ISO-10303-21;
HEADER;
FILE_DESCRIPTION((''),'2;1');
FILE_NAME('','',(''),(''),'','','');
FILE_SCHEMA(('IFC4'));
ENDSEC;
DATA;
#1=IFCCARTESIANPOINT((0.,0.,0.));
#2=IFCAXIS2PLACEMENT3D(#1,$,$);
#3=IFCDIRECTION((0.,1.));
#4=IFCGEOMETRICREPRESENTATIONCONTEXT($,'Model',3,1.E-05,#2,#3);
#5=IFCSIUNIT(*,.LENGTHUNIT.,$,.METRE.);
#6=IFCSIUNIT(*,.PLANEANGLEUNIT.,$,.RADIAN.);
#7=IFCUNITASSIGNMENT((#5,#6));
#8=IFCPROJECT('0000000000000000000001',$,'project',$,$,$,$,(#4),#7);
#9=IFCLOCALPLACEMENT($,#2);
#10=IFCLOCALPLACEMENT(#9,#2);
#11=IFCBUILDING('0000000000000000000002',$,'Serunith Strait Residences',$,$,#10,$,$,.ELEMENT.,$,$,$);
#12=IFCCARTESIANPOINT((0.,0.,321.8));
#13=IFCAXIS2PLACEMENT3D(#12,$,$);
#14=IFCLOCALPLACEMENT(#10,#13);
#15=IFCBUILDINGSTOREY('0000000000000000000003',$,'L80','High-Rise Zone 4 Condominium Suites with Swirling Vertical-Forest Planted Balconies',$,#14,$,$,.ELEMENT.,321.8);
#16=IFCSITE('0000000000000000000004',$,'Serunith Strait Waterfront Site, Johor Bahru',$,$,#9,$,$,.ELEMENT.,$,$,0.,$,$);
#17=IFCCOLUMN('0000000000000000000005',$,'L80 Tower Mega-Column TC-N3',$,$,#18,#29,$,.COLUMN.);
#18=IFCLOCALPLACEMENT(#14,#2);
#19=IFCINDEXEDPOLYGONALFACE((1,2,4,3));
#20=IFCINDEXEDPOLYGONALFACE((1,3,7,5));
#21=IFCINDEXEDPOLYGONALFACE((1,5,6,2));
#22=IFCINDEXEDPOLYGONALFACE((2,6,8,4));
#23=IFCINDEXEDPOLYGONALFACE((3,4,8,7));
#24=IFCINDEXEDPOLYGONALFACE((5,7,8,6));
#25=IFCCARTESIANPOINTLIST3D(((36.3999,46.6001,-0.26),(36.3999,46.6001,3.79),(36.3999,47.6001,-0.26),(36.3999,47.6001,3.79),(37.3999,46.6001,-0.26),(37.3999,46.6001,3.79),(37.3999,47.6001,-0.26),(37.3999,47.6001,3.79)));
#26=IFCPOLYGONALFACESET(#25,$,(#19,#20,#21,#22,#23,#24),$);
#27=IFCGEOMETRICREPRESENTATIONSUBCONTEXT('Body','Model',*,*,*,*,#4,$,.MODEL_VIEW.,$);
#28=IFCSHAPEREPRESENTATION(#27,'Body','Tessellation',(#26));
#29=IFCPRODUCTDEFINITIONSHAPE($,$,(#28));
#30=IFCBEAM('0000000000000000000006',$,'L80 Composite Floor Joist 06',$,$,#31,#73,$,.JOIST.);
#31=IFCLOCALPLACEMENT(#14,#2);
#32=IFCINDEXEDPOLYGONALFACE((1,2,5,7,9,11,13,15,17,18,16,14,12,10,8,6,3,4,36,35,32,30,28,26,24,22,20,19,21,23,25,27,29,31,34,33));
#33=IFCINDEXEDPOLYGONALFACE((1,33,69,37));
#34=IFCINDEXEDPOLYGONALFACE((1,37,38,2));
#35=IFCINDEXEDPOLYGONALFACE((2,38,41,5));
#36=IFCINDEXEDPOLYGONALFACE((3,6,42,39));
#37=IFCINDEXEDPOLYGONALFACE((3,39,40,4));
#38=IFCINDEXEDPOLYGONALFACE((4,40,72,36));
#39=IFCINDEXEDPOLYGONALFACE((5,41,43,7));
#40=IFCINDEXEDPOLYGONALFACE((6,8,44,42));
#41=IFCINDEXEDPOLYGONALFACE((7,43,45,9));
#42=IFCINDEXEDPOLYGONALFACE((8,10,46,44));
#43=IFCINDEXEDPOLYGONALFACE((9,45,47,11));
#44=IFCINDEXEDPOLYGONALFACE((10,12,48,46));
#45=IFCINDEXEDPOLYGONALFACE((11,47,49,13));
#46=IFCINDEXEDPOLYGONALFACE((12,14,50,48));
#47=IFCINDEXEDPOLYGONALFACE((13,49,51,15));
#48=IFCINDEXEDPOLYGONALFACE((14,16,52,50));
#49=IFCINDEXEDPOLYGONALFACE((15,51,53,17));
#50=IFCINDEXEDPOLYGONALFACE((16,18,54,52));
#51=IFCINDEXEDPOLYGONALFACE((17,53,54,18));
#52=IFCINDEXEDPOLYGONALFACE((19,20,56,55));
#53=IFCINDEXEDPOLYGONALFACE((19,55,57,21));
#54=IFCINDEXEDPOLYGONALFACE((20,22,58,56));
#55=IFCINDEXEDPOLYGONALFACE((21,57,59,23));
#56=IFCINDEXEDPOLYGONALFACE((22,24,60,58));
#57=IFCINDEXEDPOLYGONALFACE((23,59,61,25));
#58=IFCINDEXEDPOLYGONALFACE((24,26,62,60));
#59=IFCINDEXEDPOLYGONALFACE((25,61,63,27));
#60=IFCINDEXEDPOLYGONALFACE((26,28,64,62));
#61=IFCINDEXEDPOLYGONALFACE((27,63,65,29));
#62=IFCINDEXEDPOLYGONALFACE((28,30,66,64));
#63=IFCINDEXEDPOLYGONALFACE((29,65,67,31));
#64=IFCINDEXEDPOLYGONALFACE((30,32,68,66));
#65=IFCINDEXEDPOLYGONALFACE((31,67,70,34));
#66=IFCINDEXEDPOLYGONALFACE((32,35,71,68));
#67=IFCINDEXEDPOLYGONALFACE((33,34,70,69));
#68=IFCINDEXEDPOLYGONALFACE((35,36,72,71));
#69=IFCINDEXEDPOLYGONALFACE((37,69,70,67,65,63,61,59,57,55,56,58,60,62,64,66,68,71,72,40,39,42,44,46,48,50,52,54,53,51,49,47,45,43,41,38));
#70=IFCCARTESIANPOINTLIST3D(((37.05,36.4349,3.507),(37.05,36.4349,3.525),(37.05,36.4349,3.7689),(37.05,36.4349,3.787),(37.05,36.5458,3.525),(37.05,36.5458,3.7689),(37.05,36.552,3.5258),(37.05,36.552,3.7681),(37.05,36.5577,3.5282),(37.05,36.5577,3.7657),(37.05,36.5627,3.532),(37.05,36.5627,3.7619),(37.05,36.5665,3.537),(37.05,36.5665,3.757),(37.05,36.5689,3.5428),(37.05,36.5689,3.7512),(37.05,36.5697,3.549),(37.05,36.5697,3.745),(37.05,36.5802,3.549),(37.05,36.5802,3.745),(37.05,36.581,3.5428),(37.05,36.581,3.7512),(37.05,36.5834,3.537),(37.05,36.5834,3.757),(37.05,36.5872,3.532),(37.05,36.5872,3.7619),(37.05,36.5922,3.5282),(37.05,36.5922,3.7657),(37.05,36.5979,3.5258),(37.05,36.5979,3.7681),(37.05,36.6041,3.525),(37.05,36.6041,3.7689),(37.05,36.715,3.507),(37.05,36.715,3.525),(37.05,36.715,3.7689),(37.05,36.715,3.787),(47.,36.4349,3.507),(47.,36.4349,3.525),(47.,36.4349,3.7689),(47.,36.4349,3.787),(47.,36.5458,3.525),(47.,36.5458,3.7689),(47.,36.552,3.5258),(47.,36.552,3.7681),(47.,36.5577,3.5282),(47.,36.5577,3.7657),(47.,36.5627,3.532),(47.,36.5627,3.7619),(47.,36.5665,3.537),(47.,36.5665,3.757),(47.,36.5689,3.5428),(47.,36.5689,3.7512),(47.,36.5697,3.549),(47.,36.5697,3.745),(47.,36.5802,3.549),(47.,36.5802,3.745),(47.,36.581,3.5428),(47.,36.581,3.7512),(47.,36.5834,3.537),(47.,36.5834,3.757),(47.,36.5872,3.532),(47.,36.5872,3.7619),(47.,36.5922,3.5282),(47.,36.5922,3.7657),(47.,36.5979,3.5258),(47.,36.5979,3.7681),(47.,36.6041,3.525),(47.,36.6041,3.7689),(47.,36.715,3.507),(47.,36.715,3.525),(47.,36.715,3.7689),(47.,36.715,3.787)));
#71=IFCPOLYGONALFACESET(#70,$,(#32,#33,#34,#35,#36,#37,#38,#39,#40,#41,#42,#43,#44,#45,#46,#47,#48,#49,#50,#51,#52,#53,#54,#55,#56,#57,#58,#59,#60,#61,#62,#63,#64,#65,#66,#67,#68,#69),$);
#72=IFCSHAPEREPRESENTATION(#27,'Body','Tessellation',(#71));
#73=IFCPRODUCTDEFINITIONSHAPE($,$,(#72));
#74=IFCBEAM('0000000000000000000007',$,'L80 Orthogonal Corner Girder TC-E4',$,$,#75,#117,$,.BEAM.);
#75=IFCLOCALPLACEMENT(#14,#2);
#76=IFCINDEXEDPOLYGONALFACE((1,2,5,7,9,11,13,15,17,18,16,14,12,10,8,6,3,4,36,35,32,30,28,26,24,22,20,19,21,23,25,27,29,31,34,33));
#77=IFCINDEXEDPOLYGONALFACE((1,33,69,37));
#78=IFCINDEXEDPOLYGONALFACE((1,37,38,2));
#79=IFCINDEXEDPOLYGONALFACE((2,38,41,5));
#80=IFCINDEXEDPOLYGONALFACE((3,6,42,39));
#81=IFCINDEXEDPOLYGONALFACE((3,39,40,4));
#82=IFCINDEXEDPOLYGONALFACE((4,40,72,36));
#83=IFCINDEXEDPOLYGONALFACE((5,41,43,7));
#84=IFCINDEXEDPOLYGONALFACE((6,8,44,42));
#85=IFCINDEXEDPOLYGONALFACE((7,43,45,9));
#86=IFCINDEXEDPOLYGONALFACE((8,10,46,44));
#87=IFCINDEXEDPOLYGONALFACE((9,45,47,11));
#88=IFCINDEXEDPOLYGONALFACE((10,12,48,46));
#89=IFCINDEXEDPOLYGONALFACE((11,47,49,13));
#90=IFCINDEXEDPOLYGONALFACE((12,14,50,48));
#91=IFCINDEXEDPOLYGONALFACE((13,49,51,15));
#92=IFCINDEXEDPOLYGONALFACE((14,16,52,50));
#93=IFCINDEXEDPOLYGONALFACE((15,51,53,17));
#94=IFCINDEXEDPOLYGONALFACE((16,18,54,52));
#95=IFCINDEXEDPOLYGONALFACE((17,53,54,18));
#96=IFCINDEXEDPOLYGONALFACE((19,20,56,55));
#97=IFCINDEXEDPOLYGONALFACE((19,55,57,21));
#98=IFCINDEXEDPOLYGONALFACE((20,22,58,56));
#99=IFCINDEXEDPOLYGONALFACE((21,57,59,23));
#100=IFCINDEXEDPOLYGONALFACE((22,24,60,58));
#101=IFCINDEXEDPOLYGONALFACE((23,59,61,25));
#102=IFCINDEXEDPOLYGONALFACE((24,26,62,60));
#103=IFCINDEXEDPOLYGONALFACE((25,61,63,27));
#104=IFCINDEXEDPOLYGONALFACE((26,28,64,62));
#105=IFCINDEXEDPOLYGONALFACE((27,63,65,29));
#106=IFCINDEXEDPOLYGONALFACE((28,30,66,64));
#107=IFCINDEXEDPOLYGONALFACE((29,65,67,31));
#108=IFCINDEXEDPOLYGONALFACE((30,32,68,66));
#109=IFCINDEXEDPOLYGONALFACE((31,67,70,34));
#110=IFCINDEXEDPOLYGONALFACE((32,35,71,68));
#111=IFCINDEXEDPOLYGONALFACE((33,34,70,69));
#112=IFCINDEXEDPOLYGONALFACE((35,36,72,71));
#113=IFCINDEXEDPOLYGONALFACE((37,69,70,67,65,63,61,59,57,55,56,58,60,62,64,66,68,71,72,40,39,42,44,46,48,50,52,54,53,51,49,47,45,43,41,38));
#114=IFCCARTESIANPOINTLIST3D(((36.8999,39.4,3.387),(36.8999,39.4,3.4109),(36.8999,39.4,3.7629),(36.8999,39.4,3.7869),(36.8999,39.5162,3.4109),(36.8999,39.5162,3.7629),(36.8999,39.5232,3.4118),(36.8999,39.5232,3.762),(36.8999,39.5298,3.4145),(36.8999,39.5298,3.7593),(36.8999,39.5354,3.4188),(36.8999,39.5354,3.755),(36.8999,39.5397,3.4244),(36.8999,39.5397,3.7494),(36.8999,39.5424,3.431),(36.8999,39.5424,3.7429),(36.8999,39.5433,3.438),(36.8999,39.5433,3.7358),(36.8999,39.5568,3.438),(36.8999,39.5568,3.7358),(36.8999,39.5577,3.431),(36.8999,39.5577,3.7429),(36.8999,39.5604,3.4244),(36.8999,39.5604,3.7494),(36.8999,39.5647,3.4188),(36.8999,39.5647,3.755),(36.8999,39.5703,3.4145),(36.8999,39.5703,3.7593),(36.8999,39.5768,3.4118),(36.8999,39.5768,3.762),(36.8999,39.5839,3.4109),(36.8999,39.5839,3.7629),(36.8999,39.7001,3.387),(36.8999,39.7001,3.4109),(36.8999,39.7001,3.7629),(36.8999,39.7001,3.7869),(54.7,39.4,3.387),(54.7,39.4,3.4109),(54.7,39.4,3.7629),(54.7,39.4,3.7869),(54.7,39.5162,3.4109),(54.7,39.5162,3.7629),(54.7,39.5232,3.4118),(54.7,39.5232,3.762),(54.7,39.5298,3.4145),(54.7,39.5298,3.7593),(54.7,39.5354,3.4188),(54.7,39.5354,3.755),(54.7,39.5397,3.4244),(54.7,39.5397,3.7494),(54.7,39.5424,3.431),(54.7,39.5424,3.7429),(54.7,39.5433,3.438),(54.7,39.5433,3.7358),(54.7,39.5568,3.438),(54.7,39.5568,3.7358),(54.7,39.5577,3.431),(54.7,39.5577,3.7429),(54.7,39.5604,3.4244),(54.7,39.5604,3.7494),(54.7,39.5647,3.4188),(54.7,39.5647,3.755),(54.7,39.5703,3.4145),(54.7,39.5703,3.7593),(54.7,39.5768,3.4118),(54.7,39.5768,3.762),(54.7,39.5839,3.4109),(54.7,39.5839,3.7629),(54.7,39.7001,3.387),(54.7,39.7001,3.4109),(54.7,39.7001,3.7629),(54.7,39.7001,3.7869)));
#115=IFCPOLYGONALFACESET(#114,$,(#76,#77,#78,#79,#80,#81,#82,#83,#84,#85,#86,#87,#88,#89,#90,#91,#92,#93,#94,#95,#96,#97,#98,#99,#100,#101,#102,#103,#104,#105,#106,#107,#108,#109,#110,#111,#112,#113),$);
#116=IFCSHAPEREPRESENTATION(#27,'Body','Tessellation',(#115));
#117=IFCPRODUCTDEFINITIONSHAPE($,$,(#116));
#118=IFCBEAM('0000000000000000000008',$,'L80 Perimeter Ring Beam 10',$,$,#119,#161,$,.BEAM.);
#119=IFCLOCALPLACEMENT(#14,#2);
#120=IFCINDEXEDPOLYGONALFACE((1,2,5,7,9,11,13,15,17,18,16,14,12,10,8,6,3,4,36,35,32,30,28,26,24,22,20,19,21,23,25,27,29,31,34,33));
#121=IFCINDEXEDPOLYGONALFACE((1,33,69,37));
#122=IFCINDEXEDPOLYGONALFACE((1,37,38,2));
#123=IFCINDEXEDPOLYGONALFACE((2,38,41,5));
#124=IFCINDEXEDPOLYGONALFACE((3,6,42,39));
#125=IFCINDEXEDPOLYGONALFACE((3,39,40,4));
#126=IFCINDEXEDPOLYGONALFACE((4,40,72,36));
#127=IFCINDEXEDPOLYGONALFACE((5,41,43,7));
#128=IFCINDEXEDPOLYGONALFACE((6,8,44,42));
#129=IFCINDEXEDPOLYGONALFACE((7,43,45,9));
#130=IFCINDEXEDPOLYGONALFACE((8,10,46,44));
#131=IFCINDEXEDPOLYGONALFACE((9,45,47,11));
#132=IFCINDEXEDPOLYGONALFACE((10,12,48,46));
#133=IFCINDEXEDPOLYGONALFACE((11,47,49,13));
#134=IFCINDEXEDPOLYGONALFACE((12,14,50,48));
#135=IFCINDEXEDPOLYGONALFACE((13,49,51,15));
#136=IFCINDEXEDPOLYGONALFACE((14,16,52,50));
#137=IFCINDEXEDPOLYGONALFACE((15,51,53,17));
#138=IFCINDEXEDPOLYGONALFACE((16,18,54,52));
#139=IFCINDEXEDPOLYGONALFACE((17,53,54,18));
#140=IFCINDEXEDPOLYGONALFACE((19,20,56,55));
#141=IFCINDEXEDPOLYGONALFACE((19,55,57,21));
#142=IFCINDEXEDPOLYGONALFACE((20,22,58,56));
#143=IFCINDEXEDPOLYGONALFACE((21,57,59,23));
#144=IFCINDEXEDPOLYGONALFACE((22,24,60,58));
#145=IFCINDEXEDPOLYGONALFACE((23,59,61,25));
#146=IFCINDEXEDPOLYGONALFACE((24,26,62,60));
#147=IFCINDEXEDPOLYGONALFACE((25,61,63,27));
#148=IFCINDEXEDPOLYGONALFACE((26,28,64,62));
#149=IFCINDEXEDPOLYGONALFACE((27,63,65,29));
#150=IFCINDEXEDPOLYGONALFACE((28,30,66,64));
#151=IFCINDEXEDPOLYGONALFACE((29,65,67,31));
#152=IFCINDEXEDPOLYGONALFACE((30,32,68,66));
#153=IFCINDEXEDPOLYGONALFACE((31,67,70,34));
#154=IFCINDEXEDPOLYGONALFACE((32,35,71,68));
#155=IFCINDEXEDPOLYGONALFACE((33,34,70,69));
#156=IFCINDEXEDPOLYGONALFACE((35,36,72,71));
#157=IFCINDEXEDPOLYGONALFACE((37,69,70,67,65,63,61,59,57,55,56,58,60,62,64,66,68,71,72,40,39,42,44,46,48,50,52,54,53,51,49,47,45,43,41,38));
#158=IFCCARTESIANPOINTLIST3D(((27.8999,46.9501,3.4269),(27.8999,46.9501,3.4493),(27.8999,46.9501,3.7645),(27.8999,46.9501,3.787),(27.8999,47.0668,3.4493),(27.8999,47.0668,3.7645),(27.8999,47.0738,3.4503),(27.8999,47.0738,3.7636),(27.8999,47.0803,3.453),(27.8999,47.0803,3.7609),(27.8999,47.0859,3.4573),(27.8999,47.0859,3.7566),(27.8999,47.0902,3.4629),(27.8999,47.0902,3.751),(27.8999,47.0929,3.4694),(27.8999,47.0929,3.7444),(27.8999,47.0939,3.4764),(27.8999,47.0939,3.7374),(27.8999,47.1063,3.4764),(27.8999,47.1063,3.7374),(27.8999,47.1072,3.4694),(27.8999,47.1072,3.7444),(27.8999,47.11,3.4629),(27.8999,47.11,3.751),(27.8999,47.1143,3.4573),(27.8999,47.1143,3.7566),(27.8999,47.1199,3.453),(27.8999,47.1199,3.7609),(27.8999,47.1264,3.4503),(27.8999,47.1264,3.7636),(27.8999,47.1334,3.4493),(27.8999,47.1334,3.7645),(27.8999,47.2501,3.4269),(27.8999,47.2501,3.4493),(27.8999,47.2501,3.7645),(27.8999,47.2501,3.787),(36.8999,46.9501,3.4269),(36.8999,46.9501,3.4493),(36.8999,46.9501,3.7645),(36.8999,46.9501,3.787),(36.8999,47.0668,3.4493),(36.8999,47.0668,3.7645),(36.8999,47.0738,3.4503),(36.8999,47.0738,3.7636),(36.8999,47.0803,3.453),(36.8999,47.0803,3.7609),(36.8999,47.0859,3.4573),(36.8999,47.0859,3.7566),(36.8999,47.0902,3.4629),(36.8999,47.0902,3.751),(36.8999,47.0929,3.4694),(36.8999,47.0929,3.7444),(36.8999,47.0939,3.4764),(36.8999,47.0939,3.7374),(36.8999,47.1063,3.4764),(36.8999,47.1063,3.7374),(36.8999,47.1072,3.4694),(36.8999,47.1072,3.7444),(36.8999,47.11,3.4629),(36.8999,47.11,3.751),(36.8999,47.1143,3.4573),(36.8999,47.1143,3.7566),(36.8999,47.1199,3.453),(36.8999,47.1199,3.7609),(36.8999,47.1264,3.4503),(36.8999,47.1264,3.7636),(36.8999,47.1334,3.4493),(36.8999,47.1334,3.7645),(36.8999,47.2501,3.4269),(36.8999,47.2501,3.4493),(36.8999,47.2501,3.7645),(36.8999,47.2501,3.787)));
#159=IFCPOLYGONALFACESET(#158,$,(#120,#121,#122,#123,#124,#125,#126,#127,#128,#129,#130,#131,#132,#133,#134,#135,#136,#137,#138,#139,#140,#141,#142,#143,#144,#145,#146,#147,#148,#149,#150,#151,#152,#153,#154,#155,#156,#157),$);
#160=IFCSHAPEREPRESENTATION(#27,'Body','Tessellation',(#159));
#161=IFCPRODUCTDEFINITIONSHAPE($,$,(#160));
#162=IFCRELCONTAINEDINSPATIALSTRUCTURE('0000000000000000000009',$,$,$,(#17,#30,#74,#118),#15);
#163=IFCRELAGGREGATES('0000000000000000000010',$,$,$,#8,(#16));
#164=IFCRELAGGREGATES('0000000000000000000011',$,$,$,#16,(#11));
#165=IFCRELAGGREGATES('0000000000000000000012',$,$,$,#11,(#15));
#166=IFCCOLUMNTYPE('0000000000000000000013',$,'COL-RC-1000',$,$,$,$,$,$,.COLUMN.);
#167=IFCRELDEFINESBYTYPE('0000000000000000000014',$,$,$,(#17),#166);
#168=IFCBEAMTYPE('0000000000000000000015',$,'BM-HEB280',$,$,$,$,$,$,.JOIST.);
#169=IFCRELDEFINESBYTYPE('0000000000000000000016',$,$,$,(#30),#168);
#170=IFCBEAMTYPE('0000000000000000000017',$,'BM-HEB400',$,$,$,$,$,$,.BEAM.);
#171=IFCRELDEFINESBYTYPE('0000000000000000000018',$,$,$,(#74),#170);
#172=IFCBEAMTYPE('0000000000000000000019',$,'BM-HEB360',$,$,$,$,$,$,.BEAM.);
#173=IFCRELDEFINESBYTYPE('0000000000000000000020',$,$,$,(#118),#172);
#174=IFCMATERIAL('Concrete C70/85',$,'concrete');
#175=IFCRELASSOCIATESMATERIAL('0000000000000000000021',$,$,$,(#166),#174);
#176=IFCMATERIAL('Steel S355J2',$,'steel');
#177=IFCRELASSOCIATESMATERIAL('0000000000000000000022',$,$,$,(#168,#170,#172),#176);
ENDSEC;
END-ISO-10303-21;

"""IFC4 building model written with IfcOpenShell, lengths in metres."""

from ifc_helpers import new_model, si_unit, direction, frame, origin, origin_2d, place, context, subcontext, project, spatial, rectangle, i_section, extrude, source, transform, mapped, material, material_profile, profile_set, type_object, element, save


model = new_model("IFC4")

# Units and contexts
model_context = context("Model", 3, precision=1e-05, world=origin(), true_north=direction((0.0, 1.0)))
body_context = subcontext(model_context, "Body", "Model", "MODEL_VIEW")
ifc_project = project(units=[si_unit("LENGTHUNIT", "METRE"), si_unit("PLANEANGLEUNIT", "RADIAN")], contexts=[model_context])

# Site, building, storey
site_placement = place(None, origin())
site = spatial("IfcSite", under=ifc_project, at=site_placement, Name="Serunith Strait Waterfront Site, Johor Bahru", CompositionType="ELEMENT", RefElevation=0.0)
building_placement = place(site_placement, origin())
building = spatial("IfcBuilding", under=site, at=building_placement, Name="Serunith Strait Residences", CompositionType="ELEMENT")
storey_placement = place(building_placement, frame((0.0, 0.0, 321.8)))
storey = spatial("IfcBuildingStorey", under=building, at=storey_placement, Name="L80", Description="High-Rise Zone 4 Condominium Suites with Swirling Vertical-Forest Planted Balconies", CompositionType="ELEMENT", Elevation=321.8)

# Column
ifc_material_1 = material(Name="Concrete C70/85", Category="concrete")
ifc_material_profile_1 = material_profile(ifc_material_1, rectangle(XDim=1.0, YDim=1.0, at=origin_2d()), Name="RC 1000x1000")
ifc_profile_set_1 = profile_set([ifc_material_profile_1], Name="Concrete C70/85")
column_type = type_object("IfcColumnType", Name="COL-RC-1000", PredefinedType="COLUMN", material=ifc_profile_set_1)
shared_shape_1 = source(origin(), body_context, "Body", "SweptSolid", [
    extrude(rectangle(XDim=1.0, YDim=1.0, at=origin_2d()), origin(), (0.0, 0.0, 1.0), 4.05),
])
column_placement = place(storey_placement, frame((36.8999, 47.1001, -0.26), z_axis=(0.0, 0.0, 1.0), x_axis=(1.0, 0.0, 0.0)))
element("IfcColumn", 1, at=column_placement, inside=storey, type_object=column_type, Name="L80 Tower Mega-Column TC-N3", PredefinedType="COLUMN", context=body_context, shape_type="MappedRepresentation", body=[
    mapped(shared_shape_1, transform((0.0, 0.0, 0.0), scale=1.0)),
])

# Beams
ifc_material_2 = material(Name="Steel S355J2", Category="steel")
ifc_material_profile_2 = material_profile(ifc_material_2, i_section(OverallWidth=0.28, OverallDepth=0.28, WebThickness=0.0105, FlangeThickness=0.0181, FilletRadius=0.0239, at=origin_2d()), Name="HEB 280")
ifc_profile_set_2 = profile_set([ifc_material_profile_2], Name="Steel S355J2")
beam_type_1 = type_object("IfcBeamType", Name="BM-HEB280", PredefinedType="JOIST", material=ifc_profile_set_2)
shared_shape_2 = source(origin(), body_context, "Body", "SweptSolid", [
    extrude(i_section(OverallWidth=0.28, OverallDepth=0.28, WebThickness=0.0105, FlangeThickness=0.0181, FilletRadius=0.0239, at=origin_2d()), origin(), (0.0, 0.0, 1.0), 9.95),
])
beam_1_placement = place(storey_placement, frame((37.05, 36.575, 3.647), z_axis=(1.0, 0.0, 0.0), x_axis=(0.0, 1.0, 0.0)))
element("IfcBeam", 2, at=beam_1_placement, inside=storey, type_object=beam_type_1, Name="L80 Composite Floor Joist 06", PredefinedType="JOIST", context=body_context, shape_type="MappedRepresentation", body=[
    mapped(shared_shape_2, transform((0.0, 0.0, 0.0), scale=1.0)),
])
ifc_material_profile_3 = material_profile(ifc_material_2, i_section(OverallWidth=0.3, OverallDepth=0.3999, WebThickness=0.0134, FlangeThickness=0.0239, FilletRadius=0.0271, at=origin_2d()), Name="HEB 400")
ifc_profile_set_3 = profile_set([ifc_material_profile_3], Name="Steel S355J2")
beam_type_2 = type_object("IfcBeamType", Name="BM-HEB400", PredefinedType="BEAM", material=ifc_profile_set_3)
shared_shape_3 = source(origin(), body_context, "Body", "SweptSolid", [
    extrude(i_section(OverallWidth=0.3, OverallDepth=0.3999, WebThickness=0.0134, FlangeThickness=0.0239, FilletRadius=0.0271, at=origin_2d()), origin(), (0.0, 0.0, 1.0), 17.8),
])
beam_2_placement = place(storey_placement, frame((36.8999, 39.55, 3.5869), z_axis=(1.0, 0.0, 0.0), x_axis=(0.0, 1.0, 0.0)))
element("IfcBeam", 3, at=beam_2_placement, inside=storey, type_object=beam_type_2, Name="L80 Orthogonal Corner Girder TC-E4", PredefinedType="BEAM", context=body_context, shape_type="MappedRepresentation", body=[
    mapped(shared_shape_3, transform((0.0, 0.0, 0.0), scale=1.0)),
])
ifc_material_profile_4 = material_profile(ifc_material_2, i_section(OverallWidth=0.3, OverallDepth=0.3601, WebThickness=0.0125, FlangeThickness=0.0225, FilletRadius=0.0271, at=origin_2d()), Name="HEB 360")
ifc_profile_set_4 = profile_set([ifc_material_profile_4], Name="Steel S355J2")
beam_type_3 = type_object("IfcBeamType", Name="BM-HEB360", PredefinedType="BEAM", material=ifc_profile_set_4)
shared_shape_4 = source(origin(), body_context, "Body", "SweptSolid", [
    extrude(i_section(OverallWidth=0.3, OverallDepth=0.3601, WebThickness=0.0125, FlangeThickness=0.0225, FilletRadius=0.0271, at=origin_2d()), origin(), (0.0, 0.0, 1.0), 9.0),
])
beam_3_placement = place(storey_placement, frame((36.8999, 47.1001, 3.6069), z_axis=(-1.0, 0.0, 0.0), x_axis=(0.0, -1.0, 0.0)))
element("IfcBeam", 4, at=beam_3_placement, inside=storey, type_object=beam_type_3, Name="L80 Perimeter Ring Beam 10", PredefinedType="BEAM", context=body_context, shape_type="MappedRepresentation", body=[
    mapped(shared_shape_4, transform((0.0, 0.0, 0.0), scale=1.0)),
])

save(model, "model.ifc")
